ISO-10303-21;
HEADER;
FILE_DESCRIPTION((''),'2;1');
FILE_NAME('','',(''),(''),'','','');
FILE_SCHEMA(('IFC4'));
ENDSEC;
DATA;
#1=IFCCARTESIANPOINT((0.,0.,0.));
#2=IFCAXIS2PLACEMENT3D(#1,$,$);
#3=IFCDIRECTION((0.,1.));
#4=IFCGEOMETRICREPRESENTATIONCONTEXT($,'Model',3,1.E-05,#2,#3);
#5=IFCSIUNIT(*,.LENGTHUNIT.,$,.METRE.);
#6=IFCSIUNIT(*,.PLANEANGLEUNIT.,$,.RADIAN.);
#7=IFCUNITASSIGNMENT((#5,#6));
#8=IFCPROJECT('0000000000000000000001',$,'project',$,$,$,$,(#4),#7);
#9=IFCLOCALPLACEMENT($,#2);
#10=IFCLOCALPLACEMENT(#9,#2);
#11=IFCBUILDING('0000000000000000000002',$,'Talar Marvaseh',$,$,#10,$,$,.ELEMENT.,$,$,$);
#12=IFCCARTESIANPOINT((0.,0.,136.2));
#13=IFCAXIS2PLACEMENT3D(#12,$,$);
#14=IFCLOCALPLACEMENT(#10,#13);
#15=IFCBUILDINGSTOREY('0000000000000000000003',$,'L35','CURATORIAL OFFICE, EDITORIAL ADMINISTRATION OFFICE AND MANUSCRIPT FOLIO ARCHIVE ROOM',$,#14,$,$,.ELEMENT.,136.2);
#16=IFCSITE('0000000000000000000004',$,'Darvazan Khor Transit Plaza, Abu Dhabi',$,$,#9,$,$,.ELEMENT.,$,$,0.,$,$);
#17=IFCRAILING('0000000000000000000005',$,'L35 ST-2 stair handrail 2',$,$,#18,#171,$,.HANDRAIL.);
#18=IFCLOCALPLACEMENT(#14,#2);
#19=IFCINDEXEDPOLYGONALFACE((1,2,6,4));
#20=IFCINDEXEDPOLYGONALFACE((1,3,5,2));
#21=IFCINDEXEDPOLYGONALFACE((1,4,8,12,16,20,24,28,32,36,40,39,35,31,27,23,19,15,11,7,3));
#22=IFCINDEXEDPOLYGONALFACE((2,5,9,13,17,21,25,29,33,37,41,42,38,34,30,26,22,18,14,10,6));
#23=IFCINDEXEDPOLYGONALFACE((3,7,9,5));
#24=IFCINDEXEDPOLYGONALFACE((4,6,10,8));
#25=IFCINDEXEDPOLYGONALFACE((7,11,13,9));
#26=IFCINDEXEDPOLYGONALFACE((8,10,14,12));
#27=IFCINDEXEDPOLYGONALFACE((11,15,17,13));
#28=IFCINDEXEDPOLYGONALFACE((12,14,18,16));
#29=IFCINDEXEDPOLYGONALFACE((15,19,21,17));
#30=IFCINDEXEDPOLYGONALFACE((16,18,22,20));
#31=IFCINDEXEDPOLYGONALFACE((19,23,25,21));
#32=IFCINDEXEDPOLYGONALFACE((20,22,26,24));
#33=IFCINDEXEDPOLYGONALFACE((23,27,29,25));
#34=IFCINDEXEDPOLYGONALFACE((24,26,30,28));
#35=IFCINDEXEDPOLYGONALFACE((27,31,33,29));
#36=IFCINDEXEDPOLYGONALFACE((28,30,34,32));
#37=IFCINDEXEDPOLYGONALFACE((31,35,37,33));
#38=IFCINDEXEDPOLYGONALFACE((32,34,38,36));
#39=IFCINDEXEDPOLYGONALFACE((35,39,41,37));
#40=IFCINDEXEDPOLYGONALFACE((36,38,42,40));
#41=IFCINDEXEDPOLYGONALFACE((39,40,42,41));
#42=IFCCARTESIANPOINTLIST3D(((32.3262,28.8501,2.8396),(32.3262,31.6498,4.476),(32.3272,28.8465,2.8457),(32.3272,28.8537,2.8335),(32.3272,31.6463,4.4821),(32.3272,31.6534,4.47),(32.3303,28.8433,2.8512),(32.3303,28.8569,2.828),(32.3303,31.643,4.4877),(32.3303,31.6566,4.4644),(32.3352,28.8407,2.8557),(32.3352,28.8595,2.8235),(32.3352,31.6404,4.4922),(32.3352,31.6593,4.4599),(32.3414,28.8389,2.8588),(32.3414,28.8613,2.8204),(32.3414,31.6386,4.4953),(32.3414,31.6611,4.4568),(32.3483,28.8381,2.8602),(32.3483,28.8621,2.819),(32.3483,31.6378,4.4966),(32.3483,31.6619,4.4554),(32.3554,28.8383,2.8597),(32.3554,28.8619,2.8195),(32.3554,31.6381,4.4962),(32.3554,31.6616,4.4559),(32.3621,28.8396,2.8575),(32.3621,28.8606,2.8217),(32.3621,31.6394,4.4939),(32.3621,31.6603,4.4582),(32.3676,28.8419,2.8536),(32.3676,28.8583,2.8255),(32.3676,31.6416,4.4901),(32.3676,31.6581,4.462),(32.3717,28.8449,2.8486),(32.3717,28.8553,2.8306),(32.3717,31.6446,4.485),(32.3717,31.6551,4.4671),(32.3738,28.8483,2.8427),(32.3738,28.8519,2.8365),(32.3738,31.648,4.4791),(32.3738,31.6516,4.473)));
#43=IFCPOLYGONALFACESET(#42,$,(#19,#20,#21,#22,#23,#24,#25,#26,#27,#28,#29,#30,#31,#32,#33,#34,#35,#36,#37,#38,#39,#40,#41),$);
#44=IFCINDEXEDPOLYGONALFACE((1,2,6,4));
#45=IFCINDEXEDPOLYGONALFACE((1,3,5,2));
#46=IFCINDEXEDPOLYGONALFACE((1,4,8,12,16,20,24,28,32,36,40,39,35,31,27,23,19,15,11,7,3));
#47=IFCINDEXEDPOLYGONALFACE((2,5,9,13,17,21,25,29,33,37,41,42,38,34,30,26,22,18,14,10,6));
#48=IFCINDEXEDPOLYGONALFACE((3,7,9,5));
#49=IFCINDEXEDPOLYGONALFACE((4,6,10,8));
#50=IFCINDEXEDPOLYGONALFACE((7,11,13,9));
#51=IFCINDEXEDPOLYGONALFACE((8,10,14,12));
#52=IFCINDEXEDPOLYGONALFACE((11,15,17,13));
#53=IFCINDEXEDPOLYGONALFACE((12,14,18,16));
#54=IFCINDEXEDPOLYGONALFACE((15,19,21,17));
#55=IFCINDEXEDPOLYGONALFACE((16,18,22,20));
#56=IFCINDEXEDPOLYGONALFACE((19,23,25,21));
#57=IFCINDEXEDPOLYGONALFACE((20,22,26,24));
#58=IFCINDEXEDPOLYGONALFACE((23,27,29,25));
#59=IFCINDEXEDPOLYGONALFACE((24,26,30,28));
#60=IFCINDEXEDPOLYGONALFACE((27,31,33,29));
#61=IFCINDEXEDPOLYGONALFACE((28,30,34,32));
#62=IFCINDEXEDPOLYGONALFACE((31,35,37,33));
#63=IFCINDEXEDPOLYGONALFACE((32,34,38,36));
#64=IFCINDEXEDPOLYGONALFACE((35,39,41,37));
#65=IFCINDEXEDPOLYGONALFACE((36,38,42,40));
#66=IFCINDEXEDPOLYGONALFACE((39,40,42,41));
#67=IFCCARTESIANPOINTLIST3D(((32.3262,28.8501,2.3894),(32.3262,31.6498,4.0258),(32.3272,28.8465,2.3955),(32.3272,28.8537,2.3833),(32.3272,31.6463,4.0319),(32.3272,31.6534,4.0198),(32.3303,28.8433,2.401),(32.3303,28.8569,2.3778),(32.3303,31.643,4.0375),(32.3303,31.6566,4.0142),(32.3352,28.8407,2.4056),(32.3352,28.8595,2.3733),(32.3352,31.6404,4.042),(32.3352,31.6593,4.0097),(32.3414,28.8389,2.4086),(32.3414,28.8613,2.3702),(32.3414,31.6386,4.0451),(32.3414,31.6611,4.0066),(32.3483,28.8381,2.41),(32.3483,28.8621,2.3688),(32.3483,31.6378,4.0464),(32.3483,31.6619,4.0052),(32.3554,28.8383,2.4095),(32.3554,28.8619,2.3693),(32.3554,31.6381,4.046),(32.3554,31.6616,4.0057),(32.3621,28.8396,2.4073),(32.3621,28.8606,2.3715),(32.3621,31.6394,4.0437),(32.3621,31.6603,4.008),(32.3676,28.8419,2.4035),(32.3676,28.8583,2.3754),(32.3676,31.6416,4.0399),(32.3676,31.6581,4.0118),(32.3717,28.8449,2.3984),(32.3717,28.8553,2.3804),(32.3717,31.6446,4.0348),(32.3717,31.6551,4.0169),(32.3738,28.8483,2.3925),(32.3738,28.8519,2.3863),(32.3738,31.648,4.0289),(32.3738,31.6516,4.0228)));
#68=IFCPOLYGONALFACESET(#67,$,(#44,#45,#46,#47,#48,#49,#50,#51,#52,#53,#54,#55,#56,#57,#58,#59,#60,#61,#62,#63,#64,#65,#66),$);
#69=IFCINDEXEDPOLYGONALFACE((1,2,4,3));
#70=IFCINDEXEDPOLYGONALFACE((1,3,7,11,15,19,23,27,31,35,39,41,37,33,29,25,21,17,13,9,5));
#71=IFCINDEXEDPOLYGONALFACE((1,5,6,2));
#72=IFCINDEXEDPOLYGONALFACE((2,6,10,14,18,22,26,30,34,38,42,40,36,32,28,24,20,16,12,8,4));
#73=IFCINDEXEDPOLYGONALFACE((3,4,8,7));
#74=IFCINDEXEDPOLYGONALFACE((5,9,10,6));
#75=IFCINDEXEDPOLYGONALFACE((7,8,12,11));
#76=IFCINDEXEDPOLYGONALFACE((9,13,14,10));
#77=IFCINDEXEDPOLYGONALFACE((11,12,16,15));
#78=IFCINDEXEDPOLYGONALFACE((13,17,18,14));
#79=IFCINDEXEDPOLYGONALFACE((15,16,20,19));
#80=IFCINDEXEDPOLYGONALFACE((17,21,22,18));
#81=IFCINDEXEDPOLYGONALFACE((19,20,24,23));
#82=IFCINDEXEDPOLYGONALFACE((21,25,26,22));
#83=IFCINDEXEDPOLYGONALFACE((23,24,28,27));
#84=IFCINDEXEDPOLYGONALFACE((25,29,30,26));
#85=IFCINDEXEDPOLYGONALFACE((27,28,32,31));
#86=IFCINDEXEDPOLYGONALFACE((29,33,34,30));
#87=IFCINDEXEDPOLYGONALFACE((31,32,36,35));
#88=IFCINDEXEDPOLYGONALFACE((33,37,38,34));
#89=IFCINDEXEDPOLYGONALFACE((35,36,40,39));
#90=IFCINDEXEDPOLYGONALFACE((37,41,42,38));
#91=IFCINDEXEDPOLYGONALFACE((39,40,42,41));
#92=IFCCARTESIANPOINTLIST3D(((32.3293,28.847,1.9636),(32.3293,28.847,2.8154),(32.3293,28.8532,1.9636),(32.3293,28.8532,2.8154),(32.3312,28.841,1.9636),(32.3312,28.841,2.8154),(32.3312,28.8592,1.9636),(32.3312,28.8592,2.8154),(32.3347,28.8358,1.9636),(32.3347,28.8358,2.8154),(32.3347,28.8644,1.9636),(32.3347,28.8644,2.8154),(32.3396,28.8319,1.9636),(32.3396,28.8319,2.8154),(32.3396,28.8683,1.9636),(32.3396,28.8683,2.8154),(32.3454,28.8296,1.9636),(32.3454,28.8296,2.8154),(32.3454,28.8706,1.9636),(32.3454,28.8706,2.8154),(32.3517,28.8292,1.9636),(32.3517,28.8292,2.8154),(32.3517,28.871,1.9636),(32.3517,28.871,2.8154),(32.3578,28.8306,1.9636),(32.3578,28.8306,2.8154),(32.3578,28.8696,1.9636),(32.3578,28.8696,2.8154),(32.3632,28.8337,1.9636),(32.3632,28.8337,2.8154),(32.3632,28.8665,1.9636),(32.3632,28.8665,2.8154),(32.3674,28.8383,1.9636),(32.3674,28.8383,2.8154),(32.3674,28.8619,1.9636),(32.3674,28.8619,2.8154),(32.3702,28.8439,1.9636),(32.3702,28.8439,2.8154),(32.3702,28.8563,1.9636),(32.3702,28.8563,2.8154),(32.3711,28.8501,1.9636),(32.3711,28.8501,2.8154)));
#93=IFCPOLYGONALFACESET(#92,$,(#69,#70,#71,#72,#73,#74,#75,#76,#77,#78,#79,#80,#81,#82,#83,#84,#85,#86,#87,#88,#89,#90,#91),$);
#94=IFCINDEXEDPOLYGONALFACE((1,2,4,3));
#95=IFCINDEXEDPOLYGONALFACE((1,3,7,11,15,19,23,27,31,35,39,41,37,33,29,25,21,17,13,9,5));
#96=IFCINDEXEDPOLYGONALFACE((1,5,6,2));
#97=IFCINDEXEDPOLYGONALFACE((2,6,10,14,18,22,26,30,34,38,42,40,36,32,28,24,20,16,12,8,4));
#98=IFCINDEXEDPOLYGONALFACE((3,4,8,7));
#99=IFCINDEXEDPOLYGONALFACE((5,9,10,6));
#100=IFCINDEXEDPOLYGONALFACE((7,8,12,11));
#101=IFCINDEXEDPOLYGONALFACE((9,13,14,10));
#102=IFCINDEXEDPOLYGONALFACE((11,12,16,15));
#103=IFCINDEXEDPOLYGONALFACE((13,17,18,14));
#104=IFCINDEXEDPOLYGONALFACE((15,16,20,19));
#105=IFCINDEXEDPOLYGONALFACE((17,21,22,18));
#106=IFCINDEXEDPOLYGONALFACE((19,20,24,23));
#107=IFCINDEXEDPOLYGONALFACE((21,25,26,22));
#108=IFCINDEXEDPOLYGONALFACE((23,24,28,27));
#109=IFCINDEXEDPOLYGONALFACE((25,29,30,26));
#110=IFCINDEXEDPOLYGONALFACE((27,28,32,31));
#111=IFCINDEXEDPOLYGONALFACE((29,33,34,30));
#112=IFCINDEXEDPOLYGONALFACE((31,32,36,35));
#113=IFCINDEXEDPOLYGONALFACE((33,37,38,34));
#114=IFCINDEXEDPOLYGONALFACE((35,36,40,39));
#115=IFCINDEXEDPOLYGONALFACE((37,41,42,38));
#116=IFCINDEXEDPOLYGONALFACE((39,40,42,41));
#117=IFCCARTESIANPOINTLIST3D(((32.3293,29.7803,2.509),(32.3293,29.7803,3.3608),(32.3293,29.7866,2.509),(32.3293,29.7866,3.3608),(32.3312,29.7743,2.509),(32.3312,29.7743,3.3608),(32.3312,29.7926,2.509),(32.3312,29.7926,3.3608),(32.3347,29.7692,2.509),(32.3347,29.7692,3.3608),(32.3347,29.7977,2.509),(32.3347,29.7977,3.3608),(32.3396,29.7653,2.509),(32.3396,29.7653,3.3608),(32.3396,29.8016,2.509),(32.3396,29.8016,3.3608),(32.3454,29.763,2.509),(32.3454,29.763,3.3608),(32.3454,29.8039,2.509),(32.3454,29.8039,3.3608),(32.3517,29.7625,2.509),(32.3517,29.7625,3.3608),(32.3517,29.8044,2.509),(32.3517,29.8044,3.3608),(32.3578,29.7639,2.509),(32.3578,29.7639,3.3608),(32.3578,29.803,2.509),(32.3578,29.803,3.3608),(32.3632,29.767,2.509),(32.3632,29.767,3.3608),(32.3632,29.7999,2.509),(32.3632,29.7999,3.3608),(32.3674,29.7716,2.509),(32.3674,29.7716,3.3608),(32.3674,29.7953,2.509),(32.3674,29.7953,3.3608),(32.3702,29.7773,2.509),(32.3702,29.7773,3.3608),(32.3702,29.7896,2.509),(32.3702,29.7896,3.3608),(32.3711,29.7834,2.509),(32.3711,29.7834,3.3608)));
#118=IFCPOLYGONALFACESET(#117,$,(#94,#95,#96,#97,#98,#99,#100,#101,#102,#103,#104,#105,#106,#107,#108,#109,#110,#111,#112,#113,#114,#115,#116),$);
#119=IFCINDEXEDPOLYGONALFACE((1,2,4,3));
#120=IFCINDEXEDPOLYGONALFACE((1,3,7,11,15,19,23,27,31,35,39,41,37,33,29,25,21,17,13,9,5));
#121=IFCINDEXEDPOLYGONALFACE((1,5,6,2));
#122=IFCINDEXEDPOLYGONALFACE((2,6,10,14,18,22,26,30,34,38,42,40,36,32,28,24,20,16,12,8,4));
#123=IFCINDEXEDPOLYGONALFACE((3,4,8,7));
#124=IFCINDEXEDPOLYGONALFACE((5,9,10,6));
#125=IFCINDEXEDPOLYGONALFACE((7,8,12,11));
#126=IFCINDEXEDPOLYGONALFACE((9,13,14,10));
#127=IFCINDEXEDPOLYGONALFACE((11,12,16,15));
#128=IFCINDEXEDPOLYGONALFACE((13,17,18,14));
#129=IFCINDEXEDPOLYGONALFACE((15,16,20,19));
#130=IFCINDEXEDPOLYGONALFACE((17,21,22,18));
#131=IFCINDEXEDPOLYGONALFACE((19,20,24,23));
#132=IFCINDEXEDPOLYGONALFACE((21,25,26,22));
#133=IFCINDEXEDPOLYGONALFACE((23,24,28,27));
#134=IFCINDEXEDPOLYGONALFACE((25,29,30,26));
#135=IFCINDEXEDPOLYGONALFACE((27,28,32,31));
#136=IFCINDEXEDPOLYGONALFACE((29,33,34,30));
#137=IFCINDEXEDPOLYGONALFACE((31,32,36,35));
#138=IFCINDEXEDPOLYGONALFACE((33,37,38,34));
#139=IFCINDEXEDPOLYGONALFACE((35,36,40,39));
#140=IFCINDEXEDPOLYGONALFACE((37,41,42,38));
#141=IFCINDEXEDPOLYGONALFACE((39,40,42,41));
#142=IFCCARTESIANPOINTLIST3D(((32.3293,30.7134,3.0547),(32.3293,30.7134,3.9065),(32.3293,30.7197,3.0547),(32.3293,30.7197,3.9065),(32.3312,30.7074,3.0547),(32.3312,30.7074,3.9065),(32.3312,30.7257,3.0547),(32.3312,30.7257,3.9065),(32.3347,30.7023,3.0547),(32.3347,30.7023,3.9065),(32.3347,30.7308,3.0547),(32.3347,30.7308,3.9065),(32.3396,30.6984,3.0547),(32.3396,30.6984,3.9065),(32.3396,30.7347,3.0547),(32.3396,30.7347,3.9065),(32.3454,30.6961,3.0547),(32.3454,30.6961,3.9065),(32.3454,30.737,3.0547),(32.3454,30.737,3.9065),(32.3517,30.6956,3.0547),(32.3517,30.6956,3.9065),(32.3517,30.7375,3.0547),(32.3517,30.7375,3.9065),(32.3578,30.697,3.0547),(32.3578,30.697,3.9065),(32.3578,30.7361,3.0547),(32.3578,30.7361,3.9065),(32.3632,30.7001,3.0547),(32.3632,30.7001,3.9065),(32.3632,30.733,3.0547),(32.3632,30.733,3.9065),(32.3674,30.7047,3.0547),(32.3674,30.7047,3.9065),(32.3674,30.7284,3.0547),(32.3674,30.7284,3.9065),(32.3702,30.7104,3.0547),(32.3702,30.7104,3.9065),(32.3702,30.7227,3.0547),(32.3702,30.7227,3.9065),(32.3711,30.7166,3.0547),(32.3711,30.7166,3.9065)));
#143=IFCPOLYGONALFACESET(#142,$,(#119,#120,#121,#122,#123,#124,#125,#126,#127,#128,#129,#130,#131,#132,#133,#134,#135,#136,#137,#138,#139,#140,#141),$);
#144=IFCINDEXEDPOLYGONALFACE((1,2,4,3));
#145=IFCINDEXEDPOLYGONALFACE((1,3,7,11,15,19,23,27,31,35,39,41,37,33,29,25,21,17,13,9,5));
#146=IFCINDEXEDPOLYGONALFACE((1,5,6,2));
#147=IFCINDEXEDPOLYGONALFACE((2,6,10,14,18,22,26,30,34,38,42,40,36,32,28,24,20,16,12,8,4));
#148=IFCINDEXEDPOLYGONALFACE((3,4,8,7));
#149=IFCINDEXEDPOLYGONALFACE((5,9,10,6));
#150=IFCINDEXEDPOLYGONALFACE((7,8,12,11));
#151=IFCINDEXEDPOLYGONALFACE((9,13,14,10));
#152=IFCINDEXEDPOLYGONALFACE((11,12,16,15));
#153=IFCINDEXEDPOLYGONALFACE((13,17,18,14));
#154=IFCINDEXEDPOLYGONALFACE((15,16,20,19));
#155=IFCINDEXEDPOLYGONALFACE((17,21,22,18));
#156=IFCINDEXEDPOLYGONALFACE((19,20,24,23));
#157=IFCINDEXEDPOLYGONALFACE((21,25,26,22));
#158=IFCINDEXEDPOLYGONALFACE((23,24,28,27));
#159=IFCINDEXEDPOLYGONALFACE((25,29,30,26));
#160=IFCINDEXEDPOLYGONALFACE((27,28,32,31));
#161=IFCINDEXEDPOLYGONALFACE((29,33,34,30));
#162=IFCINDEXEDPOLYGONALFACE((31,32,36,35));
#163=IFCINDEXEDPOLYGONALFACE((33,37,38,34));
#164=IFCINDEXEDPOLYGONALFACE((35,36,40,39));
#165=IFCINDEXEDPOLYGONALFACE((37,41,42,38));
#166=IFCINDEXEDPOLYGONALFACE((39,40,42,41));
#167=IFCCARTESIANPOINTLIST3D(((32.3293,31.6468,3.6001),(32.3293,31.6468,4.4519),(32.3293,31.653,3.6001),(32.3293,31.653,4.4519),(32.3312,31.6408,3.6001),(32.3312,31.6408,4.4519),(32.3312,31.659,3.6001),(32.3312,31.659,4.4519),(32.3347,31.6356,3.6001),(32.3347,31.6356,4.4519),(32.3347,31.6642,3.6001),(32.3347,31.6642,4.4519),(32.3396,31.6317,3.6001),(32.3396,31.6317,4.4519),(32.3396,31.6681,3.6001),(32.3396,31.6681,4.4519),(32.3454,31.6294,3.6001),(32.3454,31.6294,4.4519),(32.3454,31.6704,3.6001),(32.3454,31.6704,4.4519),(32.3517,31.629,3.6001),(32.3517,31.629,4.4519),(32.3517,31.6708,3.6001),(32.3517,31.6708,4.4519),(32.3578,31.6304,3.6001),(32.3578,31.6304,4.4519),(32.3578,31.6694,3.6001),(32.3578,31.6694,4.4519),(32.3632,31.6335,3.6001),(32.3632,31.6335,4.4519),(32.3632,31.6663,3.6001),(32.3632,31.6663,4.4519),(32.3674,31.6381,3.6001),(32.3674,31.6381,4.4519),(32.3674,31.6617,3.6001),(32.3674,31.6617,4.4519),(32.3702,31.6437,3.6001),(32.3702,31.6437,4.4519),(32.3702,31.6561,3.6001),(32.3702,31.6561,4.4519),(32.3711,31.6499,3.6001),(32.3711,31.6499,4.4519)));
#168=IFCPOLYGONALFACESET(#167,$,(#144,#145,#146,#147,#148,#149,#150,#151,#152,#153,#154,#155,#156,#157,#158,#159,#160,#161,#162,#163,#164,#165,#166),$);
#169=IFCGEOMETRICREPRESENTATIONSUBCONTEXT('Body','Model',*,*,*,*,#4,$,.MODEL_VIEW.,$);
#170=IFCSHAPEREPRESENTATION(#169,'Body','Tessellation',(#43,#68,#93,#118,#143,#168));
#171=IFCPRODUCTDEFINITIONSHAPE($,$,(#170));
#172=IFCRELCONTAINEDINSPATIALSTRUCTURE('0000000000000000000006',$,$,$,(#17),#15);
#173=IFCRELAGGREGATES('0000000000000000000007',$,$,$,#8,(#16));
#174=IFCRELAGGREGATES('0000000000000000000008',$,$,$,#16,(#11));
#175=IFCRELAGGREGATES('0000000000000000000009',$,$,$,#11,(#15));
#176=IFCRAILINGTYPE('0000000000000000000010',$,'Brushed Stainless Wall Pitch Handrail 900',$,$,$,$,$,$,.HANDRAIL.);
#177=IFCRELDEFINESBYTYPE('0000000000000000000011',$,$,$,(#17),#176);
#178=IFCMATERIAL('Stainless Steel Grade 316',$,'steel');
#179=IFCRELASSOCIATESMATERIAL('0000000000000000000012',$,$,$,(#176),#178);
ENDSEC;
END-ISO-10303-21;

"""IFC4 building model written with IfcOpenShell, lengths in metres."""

from ifc_helpers import new_model, si_unit, direction, frame, origin, origin_2d, place, context, subcontext, project, spatial, circle, extrude, material, type_object, element, save


model = new_model("IFC4")

# Units and contexts
model_context = context("Model", 3, precision=1e-05, world=origin(), true_north=direction((0.0, 1.0)))
body_context = subcontext(model_context, "Body", "Model", "MODEL_VIEW")
ifc_project = project(units=[si_unit("LENGTHUNIT", "METRE"), si_unit("PLANEANGLEUNIT", "RADIAN")], contexts=[model_context])

# Site, building, storey
site_placement = place(None, origin())
site = spatial("IfcSite", under=ifc_project, at=site_placement, Name="Darvazan Khor Transit Plaza, Abu Dhabi", CompositionType="ELEMENT", RefElevation=0.0)
building_placement = place(site_placement, origin())
building = spatial("IfcBuilding", under=site, at=building_placement, Name="Talar Marvaseh", CompositionType="ELEMENT")
storey_placement = place(building_placement, frame((0.0, 0.0, 136.2)))
storey = spatial("IfcBuildingStorey", under=building, at=storey_placement, Name="L35", Description="CURATORIAL OFFICE, EDITORIAL ADMINISTRATION OFFICE AND MANUSCRIPT FOLIO ARCHIVE ROOM", CompositionType="ELEMENT", Elevation=136.2)

# Shared definitions
ifc_material_1 = material(Name="Stainless Steel Grade 316", Category="steel")

# Railing
railing_type_1 = type_object("IfcRailingType", Name="Brushed Stainless Wall Pitch Handrail 900", PredefinedType="HANDRAIL", material=ifc_material_1)
railing_1_placement = place(storey_placement, frame((32.3501, 28.8501, 1.9636)))
element("IfcRailing", 1, at=railing_1_placement, inside=storey, type_object=railing_type_1, Name="L35 ST-2 stair handrail 2", PredefinedType="HANDRAIL", context=body_context, shape_type="SweptSolid", body=[
    extrude(circle(Radius=0.0239, at=origin_2d()), frame((0.0, 0.0, 0.876), z_axis=(0.0, 0.863342, 0.50462), x_axis=(-1.0, 0.0, 0.0)), (0.0, 0.0, 1.0), 3.2429),
    extrude(circle(Radius=0.0239, at=origin_2d()), frame((0.0, 0.0, 0.4258), z_axis=(0.0, 0.863342, 0.50462), x_axis=(-1.0, 0.0, 0.0)), (0.0, 0.0, 1.0), 3.2429),
    extrude(circle(Radius=0.021, at=origin_2d()), origin(), (0.0, 0.0, 1.0), 0.8518),
    extrude(circle(Radius=0.021, at=origin_2d()), frame((0.0, 0.9333, 0.5454)), (0.0, 0.0, 1.0), 0.8518),
    extrude(circle(Radius=0.021, at=origin_2d()), frame((0.0, 1.8665, 1.0911)), (0.0, 0.0, 1.0), 0.8518),
    extrude(circle(Radius=0.021, at=origin_2d()), frame((0.0, 2.7998, 1.6365)), (0.0, 0.0, 1.0), 0.8518),
])

save(model, "model.ifc")
